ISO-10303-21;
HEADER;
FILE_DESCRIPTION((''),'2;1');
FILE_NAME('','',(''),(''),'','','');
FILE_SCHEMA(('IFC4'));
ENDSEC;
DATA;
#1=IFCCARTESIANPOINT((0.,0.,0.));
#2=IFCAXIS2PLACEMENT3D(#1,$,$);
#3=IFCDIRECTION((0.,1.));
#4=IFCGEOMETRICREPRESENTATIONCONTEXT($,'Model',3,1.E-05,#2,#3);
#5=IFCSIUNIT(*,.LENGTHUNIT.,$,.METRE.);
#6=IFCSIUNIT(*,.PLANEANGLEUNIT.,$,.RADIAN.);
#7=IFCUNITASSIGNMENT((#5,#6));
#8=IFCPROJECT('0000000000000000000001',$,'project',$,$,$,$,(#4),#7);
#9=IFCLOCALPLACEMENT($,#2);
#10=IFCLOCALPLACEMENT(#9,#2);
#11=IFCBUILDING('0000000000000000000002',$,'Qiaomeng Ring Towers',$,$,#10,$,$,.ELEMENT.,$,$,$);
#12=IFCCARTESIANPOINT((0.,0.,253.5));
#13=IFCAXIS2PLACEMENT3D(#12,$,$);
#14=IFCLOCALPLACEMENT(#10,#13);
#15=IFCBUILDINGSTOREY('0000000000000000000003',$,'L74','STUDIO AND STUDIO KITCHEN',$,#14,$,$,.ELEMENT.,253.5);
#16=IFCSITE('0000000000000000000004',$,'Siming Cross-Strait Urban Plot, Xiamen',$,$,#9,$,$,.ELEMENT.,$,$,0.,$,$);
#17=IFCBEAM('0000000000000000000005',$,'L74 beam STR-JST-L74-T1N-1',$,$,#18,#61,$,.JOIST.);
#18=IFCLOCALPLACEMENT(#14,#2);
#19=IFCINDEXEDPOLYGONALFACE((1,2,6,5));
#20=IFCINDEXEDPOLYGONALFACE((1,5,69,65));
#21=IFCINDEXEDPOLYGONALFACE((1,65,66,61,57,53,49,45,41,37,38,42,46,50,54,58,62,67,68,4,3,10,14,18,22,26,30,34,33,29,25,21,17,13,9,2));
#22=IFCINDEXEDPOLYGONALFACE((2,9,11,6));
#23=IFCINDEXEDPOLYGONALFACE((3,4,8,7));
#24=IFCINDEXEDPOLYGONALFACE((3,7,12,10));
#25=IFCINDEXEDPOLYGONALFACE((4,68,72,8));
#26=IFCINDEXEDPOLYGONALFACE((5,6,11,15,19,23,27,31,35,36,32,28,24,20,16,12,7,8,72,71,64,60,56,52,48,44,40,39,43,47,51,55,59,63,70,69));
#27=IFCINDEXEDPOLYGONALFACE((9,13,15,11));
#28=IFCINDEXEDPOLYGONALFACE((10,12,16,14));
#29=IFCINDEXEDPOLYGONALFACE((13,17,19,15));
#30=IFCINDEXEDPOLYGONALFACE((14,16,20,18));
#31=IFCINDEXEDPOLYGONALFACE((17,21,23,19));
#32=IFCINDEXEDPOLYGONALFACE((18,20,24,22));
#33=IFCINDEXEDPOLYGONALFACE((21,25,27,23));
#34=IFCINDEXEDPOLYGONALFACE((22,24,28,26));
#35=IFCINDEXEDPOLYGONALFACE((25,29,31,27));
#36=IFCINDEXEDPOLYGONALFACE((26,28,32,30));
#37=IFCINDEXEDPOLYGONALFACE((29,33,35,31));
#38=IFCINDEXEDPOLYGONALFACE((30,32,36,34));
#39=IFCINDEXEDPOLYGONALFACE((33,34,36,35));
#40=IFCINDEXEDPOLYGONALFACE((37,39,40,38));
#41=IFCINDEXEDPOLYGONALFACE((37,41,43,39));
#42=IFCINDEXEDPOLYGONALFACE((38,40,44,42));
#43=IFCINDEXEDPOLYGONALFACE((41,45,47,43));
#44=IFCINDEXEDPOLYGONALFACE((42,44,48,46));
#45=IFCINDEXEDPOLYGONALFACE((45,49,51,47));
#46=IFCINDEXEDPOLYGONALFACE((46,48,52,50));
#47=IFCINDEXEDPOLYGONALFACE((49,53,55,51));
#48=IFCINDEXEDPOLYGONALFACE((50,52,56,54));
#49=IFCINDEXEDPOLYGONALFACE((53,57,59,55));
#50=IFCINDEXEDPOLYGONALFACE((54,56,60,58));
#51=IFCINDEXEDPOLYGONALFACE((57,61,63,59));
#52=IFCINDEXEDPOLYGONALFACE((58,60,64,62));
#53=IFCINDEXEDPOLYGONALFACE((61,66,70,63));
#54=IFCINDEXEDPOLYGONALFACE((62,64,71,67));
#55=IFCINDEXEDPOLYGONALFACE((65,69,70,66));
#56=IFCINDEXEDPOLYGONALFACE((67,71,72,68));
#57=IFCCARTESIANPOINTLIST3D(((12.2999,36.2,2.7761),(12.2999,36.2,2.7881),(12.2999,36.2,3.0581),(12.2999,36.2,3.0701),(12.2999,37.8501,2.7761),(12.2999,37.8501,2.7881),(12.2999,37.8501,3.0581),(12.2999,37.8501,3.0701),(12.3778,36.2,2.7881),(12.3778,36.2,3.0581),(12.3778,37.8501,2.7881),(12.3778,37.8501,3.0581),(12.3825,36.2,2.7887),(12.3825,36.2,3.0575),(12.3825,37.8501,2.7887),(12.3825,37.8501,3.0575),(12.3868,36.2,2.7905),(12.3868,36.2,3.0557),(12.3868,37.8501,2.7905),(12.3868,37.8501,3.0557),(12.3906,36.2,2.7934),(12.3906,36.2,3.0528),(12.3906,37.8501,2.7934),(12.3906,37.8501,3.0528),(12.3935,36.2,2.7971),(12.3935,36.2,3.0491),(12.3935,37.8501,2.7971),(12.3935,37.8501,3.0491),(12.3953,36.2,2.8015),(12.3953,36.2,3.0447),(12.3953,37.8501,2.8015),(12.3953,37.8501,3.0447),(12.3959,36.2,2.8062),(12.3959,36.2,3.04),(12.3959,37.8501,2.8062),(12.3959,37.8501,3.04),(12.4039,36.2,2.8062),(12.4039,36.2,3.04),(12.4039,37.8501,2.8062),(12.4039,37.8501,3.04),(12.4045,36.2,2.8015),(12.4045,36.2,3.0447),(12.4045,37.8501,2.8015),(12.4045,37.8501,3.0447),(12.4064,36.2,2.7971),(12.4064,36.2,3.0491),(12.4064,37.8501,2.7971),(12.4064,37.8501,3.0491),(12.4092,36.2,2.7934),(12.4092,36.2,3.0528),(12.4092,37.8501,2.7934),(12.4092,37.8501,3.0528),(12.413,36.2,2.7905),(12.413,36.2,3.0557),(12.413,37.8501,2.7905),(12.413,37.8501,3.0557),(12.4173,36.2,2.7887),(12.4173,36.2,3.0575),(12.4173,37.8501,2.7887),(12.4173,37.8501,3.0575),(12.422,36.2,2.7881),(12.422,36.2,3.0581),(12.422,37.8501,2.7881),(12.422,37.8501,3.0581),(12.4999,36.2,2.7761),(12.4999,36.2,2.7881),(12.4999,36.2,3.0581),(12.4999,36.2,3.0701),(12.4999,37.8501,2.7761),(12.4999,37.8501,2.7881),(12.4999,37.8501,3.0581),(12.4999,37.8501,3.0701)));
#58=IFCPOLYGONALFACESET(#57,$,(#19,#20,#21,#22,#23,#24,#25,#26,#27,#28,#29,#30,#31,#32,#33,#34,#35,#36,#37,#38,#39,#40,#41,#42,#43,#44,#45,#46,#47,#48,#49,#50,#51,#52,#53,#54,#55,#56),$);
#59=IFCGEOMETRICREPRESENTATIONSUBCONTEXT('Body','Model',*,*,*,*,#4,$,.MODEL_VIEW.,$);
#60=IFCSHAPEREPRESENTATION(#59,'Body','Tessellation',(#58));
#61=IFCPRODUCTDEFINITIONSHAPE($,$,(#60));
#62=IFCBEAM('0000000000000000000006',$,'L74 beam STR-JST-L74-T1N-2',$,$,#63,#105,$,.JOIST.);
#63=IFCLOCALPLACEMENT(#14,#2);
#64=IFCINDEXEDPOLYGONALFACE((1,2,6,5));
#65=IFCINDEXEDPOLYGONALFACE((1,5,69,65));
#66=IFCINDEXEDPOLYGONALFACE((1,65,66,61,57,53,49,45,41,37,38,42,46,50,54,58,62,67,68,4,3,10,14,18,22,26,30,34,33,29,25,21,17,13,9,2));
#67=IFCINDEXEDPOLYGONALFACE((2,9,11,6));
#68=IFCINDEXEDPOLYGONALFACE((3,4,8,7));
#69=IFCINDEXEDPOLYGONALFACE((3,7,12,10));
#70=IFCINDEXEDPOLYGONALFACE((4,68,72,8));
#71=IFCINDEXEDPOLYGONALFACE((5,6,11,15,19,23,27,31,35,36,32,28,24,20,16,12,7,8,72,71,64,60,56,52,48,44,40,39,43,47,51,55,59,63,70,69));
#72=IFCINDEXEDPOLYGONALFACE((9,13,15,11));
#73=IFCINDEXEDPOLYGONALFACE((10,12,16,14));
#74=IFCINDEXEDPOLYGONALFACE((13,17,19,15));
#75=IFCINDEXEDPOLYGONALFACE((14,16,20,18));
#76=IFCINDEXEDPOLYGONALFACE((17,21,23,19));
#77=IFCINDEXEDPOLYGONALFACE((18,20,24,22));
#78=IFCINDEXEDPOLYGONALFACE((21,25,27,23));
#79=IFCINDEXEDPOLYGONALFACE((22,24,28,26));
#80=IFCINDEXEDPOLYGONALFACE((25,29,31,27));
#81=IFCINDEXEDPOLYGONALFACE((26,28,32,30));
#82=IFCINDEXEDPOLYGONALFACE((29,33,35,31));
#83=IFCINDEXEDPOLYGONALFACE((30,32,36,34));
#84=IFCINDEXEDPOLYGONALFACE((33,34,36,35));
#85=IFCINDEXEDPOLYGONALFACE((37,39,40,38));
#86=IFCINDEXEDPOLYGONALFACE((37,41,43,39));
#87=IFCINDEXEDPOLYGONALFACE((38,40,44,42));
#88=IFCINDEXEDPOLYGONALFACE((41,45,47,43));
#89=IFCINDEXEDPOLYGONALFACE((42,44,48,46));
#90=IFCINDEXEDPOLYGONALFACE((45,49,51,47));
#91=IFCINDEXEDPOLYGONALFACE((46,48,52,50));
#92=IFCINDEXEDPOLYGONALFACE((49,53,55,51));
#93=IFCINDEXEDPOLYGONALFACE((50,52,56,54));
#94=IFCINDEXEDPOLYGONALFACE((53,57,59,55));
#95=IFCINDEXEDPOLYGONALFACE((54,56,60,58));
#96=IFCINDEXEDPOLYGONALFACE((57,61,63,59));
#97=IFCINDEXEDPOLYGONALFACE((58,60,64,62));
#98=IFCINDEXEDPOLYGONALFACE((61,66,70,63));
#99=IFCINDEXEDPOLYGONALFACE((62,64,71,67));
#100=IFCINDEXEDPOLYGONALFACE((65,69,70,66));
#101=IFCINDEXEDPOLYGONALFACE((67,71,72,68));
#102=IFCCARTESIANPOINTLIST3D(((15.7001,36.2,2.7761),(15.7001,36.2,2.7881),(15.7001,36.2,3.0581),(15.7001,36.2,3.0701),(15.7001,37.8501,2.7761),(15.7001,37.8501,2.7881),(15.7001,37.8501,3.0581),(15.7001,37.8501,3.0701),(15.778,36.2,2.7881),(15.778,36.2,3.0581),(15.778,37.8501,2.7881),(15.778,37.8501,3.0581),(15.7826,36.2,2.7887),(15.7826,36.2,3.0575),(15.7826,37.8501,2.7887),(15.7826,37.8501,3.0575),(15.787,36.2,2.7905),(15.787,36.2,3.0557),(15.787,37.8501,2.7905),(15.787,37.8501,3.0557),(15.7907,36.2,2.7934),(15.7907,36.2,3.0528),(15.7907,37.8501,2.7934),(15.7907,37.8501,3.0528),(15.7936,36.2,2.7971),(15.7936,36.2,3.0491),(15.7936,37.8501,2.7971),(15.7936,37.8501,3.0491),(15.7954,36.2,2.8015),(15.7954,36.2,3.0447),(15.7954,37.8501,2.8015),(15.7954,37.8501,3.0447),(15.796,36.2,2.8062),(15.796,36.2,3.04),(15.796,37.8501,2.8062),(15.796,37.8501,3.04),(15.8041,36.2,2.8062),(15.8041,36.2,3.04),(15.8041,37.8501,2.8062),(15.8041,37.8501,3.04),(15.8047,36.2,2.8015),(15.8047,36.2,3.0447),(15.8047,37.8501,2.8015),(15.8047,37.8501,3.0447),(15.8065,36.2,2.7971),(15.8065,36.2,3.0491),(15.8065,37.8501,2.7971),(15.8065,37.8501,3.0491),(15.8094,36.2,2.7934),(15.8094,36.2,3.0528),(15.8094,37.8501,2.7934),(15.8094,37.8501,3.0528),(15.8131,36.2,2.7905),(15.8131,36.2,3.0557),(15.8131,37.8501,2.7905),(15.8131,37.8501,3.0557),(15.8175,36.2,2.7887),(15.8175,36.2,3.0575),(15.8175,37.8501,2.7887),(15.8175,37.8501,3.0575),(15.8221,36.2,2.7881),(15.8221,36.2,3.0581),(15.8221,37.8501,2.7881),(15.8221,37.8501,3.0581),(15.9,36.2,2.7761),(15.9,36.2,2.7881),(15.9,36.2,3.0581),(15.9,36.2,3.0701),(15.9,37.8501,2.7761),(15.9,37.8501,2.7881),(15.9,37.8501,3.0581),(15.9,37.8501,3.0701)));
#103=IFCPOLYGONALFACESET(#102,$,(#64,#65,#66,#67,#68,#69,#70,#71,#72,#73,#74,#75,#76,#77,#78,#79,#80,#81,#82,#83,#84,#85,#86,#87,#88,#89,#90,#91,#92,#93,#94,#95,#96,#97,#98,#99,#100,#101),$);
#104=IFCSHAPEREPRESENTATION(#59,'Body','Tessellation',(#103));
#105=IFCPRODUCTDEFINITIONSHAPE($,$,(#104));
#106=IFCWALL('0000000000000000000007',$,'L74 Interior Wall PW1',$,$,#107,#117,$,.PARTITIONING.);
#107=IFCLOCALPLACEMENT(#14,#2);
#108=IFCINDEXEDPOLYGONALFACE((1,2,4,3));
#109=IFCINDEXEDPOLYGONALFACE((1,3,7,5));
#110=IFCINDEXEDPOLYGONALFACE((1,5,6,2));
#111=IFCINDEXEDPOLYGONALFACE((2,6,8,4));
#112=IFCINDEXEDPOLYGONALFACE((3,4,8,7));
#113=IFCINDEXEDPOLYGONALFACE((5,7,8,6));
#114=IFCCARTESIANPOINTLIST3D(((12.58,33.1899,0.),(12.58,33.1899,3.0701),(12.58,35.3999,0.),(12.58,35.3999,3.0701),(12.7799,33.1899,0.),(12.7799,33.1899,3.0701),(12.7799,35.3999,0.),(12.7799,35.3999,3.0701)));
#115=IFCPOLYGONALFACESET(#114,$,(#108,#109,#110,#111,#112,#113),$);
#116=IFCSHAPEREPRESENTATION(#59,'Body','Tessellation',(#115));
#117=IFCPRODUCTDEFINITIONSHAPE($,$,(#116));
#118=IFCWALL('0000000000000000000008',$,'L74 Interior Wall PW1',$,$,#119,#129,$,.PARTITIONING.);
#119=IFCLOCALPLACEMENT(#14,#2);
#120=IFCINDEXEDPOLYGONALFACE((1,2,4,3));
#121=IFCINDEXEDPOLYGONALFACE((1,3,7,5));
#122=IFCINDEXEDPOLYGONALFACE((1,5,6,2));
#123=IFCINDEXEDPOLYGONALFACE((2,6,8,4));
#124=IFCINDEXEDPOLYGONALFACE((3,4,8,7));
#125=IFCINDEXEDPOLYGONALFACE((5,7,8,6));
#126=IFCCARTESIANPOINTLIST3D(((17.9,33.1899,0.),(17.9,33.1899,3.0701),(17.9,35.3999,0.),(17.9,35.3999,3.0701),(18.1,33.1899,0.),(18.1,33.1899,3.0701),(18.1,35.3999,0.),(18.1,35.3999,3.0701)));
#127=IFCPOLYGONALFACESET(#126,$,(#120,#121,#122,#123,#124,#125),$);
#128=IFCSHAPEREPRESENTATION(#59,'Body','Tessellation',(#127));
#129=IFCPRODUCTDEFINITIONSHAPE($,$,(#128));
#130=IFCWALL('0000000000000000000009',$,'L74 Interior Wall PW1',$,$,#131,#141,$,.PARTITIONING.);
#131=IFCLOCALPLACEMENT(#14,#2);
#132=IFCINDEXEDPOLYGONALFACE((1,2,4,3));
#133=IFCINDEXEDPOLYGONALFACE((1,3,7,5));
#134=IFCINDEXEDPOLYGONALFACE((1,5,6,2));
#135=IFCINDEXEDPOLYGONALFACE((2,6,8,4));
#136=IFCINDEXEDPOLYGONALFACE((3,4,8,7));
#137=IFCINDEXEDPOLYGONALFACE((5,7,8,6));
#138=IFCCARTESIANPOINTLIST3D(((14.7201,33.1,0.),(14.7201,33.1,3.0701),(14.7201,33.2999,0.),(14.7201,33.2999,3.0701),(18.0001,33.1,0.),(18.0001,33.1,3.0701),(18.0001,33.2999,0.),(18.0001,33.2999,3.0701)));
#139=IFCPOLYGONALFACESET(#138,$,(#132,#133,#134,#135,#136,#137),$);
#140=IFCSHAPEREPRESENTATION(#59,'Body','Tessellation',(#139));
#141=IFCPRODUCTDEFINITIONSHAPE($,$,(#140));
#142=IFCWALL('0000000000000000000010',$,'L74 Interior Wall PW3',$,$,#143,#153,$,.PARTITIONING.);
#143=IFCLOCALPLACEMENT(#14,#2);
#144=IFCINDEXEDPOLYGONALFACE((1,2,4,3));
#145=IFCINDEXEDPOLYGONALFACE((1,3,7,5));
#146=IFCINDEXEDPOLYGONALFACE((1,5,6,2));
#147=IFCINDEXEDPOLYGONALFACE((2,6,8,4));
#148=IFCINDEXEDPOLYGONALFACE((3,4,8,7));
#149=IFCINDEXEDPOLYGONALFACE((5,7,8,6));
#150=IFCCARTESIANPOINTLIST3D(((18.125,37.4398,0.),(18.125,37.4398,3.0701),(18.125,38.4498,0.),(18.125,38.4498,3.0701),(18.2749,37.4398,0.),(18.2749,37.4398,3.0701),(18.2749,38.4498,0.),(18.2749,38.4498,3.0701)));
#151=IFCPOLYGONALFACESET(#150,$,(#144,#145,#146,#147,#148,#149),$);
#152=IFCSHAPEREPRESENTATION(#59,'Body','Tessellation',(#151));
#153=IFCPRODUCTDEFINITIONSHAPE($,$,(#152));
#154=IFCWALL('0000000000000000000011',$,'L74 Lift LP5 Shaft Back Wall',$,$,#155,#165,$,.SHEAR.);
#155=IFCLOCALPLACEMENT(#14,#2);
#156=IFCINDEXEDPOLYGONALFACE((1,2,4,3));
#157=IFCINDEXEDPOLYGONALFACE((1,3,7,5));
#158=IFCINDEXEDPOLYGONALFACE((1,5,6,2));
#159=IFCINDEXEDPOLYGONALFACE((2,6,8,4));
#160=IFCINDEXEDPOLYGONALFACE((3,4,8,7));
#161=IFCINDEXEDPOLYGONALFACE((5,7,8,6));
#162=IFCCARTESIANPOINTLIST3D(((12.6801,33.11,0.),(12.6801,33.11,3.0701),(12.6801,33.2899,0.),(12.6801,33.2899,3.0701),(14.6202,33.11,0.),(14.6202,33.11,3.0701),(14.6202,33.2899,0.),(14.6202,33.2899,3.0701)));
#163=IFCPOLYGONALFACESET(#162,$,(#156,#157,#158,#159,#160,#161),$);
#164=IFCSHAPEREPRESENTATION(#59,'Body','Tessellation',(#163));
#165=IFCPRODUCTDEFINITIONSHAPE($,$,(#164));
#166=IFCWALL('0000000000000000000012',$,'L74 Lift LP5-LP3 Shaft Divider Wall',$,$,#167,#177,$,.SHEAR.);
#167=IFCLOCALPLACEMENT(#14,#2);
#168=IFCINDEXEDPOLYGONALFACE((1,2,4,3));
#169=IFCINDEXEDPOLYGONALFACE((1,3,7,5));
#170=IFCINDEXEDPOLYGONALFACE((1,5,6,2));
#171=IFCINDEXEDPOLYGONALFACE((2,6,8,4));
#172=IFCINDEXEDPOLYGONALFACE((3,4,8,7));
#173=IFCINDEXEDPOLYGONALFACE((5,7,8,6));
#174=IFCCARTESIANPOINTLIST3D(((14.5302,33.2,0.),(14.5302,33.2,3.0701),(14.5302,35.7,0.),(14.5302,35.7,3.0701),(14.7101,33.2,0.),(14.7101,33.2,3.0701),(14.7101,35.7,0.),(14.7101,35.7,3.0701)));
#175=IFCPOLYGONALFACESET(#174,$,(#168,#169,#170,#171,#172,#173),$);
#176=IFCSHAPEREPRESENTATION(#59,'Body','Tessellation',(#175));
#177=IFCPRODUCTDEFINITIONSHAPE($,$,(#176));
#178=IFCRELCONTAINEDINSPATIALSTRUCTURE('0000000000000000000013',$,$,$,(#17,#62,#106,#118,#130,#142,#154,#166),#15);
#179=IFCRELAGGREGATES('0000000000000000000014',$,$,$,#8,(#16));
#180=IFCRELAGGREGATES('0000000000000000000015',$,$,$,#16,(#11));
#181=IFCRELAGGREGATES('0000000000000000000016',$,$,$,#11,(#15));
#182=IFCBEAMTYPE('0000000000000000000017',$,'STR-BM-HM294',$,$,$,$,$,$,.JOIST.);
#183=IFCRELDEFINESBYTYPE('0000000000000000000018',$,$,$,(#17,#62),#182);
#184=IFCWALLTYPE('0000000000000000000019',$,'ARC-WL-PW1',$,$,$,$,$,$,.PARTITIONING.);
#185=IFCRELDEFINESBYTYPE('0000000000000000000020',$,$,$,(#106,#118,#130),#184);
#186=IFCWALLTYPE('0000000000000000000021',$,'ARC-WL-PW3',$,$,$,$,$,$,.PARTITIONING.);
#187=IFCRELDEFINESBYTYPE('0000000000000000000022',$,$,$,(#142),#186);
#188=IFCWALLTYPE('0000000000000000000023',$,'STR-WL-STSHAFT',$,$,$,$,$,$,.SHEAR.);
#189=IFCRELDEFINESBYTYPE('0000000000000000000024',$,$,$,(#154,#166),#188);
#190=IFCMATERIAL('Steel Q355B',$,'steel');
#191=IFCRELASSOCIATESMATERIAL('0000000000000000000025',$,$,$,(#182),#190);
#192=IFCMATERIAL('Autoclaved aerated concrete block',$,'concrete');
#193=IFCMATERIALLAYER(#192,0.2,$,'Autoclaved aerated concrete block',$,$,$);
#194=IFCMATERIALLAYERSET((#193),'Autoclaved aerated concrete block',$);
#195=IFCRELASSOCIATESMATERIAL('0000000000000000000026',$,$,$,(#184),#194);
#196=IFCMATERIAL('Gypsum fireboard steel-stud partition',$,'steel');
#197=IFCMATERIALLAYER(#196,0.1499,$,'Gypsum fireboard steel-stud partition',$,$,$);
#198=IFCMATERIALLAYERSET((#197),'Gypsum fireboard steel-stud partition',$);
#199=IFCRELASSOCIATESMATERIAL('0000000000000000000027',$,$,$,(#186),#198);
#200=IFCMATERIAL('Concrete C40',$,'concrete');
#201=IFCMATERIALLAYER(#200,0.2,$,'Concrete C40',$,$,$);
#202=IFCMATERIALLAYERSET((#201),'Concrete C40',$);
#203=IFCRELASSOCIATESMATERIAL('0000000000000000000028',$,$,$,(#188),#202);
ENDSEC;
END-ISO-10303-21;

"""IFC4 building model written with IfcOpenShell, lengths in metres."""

from ifc_helpers import new_model, si_unit, direction, frame, frame_2d, origin, origin_2d, place, context, subcontext, project, spatial, rectangle, i_section, extrude, source, transform, mapped, material, layer, layer_set, material_profile, profile_set, type_object, element, save


model = new_model("IFC4")

# Units and contexts
model_context = context("Model", 3, precision=1e-05, world=origin(), true_north=direction((0.0, 1.0)))
body_context = subcontext(model_context, "Body", "Model", "MODEL_VIEW")
ifc_project = project(units=[si_unit("LENGTHUNIT", "METRE"), si_unit("PLANEANGLEUNIT", "RADIAN")], contexts=[model_context])

# Site, building, storey
site_placement = place(None, origin())
site = spatial("IfcSite", under=ifc_project, at=site_placement, Name="Siming Cross-Strait Urban Plot, Xiamen", CompositionType="ELEMENT", RefElevation=0.0)
building_placement = place(site_placement, origin())
building = spatial("IfcBuilding", under=site, at=building_placement, Name="Qiaomeng Ring Towers", CompositionType="ELEMENT")
storey_placement = place(building_placement, frame((0.0, 0.0, 253.5)))
storey = spatial("IfcBuildingStorey", under=building, at=storey_placement, Name="L74", Description="STUDIO AND STUDIO KITCHEN", CompositionType="ELEMENT", Elevation=253.5)

# Beams
ifc_material_1 = material(Name="Steel Q355B", Category="steel")
ifc_material_profile = material_profile(ifc_material_1, i_section(OverallWidth=0.2, OverallDepth=0.2939, WebThickness=0.0081, FlangeThickness=0.012, FilletRadius=0.0181, at=origin_2d()), Name="HM 294x200x8x12")
ifc_profile_set = profile_set([ifc_material_profile], Name="Steel Q355B")
beam_type = type_object("IfcBeamType", Name="STR-BM-HM294", PredefinedType="JOIST", material=ifc_profile_set)
shared_shape_1 = source(origin(), body_context, "Body", "SweptSolid", [
    extrude(i_section(OverallWidth=0.2, OverallDepth=0.2939, WebThickness=0.0081, FlangeThickness=0.012, FilletRadius=0.0181, at=origin_2d()), origin(), (0.0, 0.0, 1.0), 1.6501),
])
for number, where, z_axis, x_axis, name in (
    (1, (12.3999, 36.2, 2.9231), (0.0, 1.0, 0.0), (-1.0, 0.0, 0.0), "L74 beam STR-JST-L74-T1N-1"),
    (2, (15.8, 36.2, 2.9231), (0.0, 1.0, 0.0), (-1.0, 0.0, 0.0), "L74 beam STR-JST-L74-T1N-2"),
):
    element("IfcBeam", number, at=place(storey_placement, frame(where, z_axis=z_axis, x_axis=x_axis)), inside=storey, type_object=beam_type, Name=name, PredefinedType="JOIST", context=body_context, shape_type="MappedRepresentation", body=[
        mapped(shared_shape_1, transform((0.0, 0.0, 0.0), x_axis=(1.0, 0.0, 0.0), y_axis=(0.0, 1.0, 0.0), z_axis=(0.0, 0.0, 1.0), scale=1.0)),
    ])

# Walls
ifc_material_2 = material(Name="Autoclaved aerated concrete block", Category="concrete")
ifc_layer_1 = layer(ifc_material_2, 0.2, Name="Autoclaved aerated concrete block")
ifc_layer_set_1 = layer_set([ifc_layer_1], Name="Autoclaved aerated concrete block")
wall_type_1 = type_object("IfcWallType", Name="ARC-WL-PW1", PredefinedType="PARTITIONING", material=ifc_layer_set_1)
for number, where, z_axis, x_axis, name in (
    (3, (12.6799, 33.1899, 0.0), (0.0, 0.0, 1.0), (0.0, 1.0, 0.0), "L74 Interior Wall PW1"),
    (4, (18.0, 33.1899, 0.0), (0.0, 0.0, 1.0), (0.0, 1.0, 0.0), "L74 Interior Wall PW1"),
):
    element("IfcWall", number, at=place(storey_placement, frame(where, z_axis=z_axis, x_axis=x_axis)), inside=storey, type_object=wall_type_1, Name=name, PredefinedType="PARTITIONING", context=body_context, shape_type="SweptSolid", body=[
        extrude(rectangle(XDim=2.21, YDim=0.2, at=frame_2d((1.105, 0.0))), origin(), (0.0, 0.0, 1.0), 3.0701),
    ])
wall_1_placement = place(storey_placement, frame((14.72, 33.2, 0.0), z_axis=(0.0, 0.0, 1.0), x_axis=(1.0, 0.0, 0.0)))
element("IfcWall", 5, at=wall_1_placement, inside=storey, type_object=wall_type_1, Name="L74 Interior Wall PW1", PredefinedType="PARTITIONING", context=body_context, shape_type="SweptSolid", body=[
    extrude(rectangle(XDim=3.28, YDim=0.2, at=frame_2d((1.6401, 0.0))), origin(), (0.0, 0.0, 1.0), 3.0701),
])
ifc_material_3 = material(Name="Gypsum fireboard steel-stud partition", Category="steel")
ifc_layer_2 = layer(ifc_material_3, 0.1499, Name="Gypsum fireboard steel-stud partition")
ifc_layer_set_2 = layer_set([ifc_layer_2], Name="Gypsum fireboard steel-stud partition")
wall_type_2 = type_object("IfcWallType", Name="ARC-WL-PW3", PredefinedType="PARTITIONING", material=ifc_layer_set_2)
wall_2_placement = place(storey_placement, frame((18.2, 37.4399, 0.0), z_axis=(0.0, 0.0, 1.0), x_axis=(0.0, 1.0, 0.0)))
element("IfcWall", 6, at=wall_2_placement, inside=storey, type_object=wall_type_2, Name="L74 Interior Wall PW3", PredefinedType="PARTITIONING", context=body_context, shape_type="SweptSolid", body=[
    extrude(rectangle(XDim=1.01, YDim=0.1499, at=frame_2d((0.5049, 0.0))), origin(), (0.0, 0.0, 1.0), 3.0701),
])
ifc_material_4 = material(Name="Concrete C40", Category="concrete")
ifc_layer_3 = layer(ifc_material_4, 0.2, Name="Concrete C40")
ifc_layer_set_3 = layer_set([ifc_layer_3], Name="Concrete C40")
wall_type_3 = type_object("IfcWallType", Name="STR-WL-STSHAFT", PredefinedType="SHEAR", material=ifc_layer_set_3)
wall_3_placement = place(storey_placement, frame((12.6799, 33.2, 0.0), z_axis=(0.0, 0.0, 1.0), x_axis=(1.0, 0.0, 0.0)))
element("IfcWall", 7, at=wall_3_placement, inside=storey, type_object=wall_type_3, Name="L74 Lift LP5 Shaft Back Wall", PredefinedType="SHEAR", context=body_context, shape_type="SweptSolid", body=[
    extrude(rectangle(XDim=1.9402, YDim=0.1799, at=frame_2d((0.9702, 0.0))), origin(), (0.0, 0.0, 1.0), 3.0701),
])
wall_4_placement = place(storey_placement, frame((14.6201, 33.2, 0.0), z_axis=(0.0, 0.0, 1.0), x_axis=(0.0, 1.0, 0.0)))
element("IfcWall", 8, at=wall_4_placement, inside=storey, type_object=wall_type_3, Name="L74 Lift LP5-LP3 Shaft Divider Wall", PredefinedType="SHEAR", context=body_context, shape_type="SweptSolid", body=[
    extrude(rectangle(XDim=2.5, YDim=0.1799, at=frame_2d((1.25, 0.0))), origin(), (0.0, 0.0, 1.0), 3.0701),
])

save(model, "model.ifc")
